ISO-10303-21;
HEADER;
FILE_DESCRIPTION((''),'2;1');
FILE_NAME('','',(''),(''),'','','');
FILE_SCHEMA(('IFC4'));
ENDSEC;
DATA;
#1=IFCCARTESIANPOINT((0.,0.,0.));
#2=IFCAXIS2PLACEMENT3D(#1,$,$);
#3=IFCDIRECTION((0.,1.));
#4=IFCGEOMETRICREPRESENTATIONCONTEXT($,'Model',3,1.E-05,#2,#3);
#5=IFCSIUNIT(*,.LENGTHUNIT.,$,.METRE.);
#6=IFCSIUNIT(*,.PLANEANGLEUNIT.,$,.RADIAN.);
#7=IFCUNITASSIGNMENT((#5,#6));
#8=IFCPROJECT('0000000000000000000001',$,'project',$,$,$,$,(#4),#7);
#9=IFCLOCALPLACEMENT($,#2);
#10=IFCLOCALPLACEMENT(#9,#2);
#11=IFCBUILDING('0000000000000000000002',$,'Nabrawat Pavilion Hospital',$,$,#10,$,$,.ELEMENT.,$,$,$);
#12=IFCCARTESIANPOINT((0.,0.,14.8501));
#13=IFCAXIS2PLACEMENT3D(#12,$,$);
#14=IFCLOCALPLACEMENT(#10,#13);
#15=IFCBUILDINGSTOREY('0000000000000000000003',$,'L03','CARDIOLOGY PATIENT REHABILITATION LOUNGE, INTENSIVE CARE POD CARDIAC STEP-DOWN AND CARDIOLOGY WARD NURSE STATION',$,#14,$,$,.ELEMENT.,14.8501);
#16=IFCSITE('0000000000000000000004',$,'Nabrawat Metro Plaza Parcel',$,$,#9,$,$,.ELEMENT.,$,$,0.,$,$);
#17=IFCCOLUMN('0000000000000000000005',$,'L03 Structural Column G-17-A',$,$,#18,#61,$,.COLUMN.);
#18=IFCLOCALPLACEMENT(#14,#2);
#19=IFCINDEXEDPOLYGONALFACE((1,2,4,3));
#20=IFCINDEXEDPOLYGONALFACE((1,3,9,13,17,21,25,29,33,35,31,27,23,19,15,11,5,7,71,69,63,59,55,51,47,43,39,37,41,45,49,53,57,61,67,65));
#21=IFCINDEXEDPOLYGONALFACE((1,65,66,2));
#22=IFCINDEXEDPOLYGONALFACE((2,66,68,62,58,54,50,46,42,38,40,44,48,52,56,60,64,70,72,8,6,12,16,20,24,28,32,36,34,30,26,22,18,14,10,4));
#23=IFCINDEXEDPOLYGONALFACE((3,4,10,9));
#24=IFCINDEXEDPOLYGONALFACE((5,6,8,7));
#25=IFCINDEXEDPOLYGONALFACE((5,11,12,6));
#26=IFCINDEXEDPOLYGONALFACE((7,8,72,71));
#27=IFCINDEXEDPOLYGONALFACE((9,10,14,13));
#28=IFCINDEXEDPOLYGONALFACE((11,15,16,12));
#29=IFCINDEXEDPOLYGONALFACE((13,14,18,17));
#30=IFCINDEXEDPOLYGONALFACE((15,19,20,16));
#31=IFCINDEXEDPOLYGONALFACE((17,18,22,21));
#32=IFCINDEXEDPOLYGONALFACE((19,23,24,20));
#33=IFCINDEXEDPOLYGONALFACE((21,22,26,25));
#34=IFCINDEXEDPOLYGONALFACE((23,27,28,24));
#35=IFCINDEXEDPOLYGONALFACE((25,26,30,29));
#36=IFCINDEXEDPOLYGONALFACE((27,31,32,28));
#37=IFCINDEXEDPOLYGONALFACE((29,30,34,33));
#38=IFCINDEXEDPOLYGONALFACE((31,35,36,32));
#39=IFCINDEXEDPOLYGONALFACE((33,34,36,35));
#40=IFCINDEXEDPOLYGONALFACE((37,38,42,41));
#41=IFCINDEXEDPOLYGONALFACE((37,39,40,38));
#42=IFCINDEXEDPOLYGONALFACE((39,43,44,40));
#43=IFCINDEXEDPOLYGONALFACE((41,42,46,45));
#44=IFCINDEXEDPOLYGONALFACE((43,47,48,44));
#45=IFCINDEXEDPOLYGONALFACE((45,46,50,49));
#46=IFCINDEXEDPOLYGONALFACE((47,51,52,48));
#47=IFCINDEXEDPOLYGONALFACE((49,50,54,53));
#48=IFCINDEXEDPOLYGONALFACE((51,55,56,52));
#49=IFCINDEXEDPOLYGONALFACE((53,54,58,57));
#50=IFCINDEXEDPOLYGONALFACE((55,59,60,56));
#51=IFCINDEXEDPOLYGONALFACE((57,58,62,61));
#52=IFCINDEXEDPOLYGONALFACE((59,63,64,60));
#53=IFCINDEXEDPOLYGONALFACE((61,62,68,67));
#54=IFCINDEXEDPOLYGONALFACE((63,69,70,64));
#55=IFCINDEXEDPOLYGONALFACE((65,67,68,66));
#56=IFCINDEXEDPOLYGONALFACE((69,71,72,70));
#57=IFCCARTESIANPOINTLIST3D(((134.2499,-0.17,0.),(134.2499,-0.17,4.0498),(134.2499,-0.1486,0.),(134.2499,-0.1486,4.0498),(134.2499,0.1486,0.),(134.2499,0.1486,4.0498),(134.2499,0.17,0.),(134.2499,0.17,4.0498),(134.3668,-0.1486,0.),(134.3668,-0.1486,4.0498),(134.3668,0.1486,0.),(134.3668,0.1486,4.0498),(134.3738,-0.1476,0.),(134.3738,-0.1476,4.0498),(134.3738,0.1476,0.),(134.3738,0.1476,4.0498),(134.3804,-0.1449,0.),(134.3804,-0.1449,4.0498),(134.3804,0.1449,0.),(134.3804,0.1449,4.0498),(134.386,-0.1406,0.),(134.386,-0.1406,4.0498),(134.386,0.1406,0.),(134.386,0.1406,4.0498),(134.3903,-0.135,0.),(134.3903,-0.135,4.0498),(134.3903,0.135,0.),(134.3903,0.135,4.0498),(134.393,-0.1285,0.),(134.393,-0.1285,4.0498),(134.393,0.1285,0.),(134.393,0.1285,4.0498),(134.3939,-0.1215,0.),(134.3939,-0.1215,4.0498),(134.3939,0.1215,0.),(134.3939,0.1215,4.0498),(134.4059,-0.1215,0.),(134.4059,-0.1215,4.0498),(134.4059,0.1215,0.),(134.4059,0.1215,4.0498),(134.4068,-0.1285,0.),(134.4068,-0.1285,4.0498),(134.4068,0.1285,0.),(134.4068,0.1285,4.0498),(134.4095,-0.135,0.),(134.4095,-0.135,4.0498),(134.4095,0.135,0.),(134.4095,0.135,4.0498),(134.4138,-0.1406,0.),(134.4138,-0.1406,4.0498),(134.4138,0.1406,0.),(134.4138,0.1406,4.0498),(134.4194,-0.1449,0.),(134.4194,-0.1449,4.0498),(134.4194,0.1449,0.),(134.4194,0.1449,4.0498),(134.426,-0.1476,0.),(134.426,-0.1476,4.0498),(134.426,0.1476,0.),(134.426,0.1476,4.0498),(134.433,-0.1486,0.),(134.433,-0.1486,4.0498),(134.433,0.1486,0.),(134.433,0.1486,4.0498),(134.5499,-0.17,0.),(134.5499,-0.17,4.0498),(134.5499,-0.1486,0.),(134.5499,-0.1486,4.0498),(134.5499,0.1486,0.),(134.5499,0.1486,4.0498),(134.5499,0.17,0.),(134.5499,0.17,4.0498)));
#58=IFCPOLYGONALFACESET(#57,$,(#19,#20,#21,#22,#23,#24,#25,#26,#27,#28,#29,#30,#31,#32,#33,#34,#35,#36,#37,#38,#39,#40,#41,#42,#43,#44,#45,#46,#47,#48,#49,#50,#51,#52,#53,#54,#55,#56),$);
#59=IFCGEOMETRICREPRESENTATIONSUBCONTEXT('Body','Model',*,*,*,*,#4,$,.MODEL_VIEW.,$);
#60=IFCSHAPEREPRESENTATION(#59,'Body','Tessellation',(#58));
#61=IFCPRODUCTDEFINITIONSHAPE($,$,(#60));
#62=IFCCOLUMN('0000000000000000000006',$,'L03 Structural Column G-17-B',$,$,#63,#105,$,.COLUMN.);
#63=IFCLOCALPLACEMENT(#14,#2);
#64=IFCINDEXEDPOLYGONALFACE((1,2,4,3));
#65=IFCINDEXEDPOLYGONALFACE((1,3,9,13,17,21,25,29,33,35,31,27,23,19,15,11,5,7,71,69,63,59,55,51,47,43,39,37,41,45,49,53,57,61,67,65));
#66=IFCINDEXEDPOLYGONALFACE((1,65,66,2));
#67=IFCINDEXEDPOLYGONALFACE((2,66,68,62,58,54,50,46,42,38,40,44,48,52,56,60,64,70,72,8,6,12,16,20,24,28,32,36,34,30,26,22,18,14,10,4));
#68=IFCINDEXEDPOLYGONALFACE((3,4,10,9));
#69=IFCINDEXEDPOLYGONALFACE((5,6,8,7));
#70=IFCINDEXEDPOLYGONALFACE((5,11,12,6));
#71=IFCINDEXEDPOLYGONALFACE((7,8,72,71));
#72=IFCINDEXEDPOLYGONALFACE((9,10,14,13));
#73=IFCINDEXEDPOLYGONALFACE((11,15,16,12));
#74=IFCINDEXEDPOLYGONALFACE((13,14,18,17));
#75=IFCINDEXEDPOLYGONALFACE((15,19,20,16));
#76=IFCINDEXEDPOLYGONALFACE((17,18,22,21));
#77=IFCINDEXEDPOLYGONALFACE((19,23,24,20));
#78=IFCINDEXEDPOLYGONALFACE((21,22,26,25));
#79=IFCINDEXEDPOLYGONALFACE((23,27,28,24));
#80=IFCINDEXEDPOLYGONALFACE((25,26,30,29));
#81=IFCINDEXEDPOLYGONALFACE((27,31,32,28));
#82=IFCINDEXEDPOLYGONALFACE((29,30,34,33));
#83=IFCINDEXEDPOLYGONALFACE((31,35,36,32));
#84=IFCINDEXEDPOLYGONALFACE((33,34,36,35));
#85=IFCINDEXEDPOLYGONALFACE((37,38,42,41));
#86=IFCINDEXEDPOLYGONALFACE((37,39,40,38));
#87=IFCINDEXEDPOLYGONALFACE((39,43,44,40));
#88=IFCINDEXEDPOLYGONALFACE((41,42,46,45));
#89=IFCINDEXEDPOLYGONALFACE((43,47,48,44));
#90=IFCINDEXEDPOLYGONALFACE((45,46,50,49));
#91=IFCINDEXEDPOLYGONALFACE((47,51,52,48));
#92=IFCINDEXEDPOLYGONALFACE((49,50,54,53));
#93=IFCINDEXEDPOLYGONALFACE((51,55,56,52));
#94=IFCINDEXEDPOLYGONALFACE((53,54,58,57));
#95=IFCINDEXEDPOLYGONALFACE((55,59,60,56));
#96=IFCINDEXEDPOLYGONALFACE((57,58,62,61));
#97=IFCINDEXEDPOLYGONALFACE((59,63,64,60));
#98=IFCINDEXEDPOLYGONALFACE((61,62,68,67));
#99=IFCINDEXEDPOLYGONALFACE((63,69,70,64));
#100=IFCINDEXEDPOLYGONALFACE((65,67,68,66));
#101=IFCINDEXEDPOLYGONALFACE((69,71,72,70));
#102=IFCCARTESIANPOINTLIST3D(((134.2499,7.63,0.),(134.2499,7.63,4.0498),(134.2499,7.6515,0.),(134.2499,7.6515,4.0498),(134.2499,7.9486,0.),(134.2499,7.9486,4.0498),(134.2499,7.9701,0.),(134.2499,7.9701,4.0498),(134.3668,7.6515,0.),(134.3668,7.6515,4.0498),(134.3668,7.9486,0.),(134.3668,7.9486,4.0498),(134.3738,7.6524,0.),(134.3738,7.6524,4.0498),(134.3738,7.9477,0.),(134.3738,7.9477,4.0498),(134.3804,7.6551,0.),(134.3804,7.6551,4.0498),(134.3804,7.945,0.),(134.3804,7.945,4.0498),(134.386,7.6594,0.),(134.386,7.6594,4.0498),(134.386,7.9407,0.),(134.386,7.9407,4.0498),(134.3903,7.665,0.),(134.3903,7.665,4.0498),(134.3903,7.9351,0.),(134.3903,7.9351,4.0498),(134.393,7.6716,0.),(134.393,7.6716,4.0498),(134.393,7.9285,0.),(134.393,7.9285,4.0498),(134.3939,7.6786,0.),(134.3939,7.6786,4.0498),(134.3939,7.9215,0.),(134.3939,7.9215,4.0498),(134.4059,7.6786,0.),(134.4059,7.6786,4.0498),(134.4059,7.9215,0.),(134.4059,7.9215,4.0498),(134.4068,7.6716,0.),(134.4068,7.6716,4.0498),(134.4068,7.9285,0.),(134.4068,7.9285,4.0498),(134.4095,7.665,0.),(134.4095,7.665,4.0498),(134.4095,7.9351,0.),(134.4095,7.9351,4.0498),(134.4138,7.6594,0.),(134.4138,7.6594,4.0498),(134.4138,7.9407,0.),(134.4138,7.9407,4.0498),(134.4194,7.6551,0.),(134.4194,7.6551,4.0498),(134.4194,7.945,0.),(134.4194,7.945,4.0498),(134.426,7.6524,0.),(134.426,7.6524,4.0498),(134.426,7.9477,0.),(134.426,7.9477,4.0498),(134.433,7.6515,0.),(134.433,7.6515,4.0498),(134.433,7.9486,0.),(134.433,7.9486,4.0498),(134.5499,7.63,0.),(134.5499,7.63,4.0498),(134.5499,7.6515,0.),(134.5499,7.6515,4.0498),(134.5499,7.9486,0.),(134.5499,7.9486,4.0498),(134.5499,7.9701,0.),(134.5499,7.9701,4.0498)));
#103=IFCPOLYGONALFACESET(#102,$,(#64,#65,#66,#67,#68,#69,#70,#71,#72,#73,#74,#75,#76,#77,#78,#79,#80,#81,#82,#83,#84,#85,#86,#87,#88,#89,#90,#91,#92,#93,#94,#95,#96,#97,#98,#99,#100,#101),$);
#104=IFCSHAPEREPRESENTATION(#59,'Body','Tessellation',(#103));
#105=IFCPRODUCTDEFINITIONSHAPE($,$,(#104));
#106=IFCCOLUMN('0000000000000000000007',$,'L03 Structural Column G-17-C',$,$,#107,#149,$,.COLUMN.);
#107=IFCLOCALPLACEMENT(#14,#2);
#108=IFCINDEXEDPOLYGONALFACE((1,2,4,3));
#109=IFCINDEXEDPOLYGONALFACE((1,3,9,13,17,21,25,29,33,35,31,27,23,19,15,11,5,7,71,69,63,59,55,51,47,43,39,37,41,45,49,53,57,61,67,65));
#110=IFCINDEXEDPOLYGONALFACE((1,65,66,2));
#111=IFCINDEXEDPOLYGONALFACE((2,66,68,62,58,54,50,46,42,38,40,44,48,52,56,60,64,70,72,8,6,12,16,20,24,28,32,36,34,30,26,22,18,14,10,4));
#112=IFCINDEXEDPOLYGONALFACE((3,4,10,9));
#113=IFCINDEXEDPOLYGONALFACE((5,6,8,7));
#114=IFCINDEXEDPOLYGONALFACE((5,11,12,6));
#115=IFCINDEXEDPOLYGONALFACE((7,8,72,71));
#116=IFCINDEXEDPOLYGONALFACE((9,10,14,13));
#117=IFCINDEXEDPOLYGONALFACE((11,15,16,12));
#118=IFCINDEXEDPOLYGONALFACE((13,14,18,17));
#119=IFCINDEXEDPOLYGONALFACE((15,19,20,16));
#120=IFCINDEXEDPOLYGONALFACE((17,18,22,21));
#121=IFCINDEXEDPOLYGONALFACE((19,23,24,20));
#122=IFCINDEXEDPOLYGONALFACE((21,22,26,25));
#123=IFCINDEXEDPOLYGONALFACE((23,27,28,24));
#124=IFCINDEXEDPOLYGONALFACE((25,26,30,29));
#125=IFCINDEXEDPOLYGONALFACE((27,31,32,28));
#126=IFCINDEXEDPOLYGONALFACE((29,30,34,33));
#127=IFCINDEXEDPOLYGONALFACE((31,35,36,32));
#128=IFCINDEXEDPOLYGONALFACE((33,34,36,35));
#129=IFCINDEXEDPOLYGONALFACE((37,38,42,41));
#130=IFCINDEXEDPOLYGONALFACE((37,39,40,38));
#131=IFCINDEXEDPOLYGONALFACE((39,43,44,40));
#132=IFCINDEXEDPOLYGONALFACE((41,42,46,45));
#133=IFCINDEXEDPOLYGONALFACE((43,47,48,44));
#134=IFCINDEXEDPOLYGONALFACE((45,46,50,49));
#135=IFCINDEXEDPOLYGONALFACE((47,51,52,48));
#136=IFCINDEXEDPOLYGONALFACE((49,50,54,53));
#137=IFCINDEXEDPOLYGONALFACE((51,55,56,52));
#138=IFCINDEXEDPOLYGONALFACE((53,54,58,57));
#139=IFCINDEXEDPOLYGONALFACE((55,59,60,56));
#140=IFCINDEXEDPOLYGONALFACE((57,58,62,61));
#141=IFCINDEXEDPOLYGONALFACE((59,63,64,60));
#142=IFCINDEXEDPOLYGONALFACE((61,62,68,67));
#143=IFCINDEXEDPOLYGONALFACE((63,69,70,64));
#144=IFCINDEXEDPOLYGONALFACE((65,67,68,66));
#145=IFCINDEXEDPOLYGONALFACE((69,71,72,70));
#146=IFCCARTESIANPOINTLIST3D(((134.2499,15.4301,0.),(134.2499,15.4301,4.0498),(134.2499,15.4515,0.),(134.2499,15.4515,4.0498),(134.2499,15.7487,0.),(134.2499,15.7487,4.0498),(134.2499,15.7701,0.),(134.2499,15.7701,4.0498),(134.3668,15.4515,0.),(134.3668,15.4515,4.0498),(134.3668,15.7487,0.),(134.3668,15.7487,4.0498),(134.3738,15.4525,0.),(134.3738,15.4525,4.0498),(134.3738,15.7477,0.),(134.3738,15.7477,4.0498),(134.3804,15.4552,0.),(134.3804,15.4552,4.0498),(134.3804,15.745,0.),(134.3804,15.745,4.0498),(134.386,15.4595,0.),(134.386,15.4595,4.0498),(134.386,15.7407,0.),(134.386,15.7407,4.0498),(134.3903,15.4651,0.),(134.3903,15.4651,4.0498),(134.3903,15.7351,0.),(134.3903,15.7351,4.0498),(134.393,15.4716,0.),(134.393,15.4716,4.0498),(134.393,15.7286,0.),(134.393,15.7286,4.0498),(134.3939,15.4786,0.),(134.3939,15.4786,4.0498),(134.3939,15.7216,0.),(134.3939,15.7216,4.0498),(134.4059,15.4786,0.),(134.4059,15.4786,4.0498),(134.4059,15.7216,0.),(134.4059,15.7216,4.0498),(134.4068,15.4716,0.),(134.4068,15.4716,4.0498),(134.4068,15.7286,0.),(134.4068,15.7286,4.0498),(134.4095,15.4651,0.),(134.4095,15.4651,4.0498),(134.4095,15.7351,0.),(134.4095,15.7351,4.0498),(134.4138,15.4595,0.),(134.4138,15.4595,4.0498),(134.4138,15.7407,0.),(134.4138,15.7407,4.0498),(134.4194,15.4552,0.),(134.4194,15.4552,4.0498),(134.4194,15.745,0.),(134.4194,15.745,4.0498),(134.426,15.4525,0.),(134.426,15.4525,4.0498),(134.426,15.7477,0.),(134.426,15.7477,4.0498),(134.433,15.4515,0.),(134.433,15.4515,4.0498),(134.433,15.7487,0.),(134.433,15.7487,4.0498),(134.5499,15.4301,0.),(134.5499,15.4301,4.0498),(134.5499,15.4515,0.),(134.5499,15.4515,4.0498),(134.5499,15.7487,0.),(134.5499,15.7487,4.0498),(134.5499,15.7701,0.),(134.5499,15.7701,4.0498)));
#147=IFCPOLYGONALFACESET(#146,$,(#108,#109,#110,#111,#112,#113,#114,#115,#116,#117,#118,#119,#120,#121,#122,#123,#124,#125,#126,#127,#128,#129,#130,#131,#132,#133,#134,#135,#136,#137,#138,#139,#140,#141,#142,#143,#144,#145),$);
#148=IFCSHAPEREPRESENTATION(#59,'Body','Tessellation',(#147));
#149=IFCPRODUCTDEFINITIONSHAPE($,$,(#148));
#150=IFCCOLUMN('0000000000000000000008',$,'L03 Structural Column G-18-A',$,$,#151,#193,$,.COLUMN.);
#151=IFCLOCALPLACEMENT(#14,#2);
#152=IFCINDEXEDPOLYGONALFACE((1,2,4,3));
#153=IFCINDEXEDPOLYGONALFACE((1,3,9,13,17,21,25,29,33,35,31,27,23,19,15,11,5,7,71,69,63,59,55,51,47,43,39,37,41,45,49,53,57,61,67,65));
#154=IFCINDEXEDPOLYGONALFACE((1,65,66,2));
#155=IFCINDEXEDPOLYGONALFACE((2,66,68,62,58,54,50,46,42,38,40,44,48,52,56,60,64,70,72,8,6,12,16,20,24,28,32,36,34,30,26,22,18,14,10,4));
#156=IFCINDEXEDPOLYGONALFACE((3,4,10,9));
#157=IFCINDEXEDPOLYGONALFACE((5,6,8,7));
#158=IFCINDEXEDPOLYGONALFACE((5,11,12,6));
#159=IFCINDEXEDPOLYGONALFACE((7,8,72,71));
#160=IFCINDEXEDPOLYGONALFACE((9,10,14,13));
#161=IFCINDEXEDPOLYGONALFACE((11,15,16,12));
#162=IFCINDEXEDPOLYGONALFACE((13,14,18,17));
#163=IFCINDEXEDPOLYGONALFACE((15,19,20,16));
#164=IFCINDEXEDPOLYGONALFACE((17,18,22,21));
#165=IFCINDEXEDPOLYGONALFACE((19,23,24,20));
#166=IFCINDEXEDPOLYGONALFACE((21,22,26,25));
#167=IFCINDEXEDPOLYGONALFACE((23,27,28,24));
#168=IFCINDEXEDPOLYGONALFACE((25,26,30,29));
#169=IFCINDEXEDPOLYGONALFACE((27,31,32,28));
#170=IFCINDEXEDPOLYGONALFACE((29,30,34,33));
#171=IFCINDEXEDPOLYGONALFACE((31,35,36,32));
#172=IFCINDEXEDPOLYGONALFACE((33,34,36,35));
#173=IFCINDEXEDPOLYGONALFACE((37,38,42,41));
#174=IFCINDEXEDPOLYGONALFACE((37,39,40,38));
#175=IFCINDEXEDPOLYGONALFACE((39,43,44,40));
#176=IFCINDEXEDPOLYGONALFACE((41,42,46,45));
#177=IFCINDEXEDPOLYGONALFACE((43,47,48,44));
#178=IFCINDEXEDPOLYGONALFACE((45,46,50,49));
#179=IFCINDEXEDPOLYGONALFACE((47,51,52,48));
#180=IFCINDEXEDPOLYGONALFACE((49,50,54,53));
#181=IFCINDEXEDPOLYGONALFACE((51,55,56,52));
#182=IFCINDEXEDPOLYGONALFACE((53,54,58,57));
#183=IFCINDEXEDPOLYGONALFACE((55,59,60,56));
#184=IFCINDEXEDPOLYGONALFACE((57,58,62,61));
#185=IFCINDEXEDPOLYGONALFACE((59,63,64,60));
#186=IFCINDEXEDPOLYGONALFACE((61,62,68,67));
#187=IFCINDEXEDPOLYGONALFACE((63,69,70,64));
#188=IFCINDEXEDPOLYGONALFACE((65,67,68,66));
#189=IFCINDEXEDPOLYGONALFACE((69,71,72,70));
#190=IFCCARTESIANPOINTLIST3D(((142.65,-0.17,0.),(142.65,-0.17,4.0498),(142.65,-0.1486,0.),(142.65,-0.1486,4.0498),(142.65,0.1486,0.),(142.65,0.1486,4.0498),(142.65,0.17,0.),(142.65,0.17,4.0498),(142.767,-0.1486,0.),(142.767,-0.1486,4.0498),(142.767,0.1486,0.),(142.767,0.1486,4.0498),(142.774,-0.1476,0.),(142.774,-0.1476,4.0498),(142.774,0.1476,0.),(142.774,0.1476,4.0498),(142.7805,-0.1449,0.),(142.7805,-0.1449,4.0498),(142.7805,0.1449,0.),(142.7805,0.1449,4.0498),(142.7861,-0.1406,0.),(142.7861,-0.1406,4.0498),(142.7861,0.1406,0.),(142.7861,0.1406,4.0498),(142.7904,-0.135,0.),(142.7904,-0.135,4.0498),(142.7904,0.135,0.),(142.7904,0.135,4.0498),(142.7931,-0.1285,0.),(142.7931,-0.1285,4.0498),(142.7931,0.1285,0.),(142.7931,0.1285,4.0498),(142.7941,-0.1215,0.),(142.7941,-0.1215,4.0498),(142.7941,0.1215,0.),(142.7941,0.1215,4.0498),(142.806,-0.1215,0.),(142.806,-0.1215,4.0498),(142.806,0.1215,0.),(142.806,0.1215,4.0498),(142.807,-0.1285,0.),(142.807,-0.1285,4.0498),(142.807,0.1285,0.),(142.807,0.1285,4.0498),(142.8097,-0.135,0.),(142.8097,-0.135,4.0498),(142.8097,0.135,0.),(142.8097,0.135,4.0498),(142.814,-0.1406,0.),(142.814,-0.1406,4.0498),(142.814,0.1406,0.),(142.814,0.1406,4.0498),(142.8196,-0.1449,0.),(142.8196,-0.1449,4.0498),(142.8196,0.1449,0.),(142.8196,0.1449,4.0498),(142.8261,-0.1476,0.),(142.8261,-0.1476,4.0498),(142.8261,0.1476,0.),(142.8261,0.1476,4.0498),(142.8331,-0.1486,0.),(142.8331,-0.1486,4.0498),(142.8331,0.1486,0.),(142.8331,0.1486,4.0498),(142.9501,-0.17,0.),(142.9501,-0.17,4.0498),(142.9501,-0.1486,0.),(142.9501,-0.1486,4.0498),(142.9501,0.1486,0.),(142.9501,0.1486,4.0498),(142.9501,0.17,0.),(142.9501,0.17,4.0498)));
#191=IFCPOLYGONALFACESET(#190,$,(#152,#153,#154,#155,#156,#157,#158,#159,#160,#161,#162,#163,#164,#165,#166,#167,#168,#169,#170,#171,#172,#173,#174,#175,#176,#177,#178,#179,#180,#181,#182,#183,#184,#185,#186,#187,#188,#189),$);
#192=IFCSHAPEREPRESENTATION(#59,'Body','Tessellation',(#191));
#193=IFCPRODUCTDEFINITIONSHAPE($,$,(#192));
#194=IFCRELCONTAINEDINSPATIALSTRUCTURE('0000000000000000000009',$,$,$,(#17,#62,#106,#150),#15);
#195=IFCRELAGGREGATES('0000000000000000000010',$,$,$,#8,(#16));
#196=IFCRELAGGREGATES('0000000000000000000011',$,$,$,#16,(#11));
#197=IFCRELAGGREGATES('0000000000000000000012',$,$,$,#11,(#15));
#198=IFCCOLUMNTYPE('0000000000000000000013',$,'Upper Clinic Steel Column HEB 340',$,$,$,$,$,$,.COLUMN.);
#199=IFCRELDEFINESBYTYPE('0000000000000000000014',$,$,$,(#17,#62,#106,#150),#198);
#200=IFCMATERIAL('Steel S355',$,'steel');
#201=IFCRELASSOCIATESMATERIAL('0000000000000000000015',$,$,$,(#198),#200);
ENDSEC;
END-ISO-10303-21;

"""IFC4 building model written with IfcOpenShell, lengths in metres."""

from ifc_helpers import new_model, si_unit, direction, frame, origin, origin_2d, place, context, subcontext, project, spatial, i_section, extrude, material, material_profile, profile_set, type_object, element, save


model = new_model("IFC4")

# Units and contexts
model_context = context("Model", 3, precision=1e-05, world=origin(), true_north=direction((0.0, 1.0)))
body_context = subcontext(model_context, "Body", "Model", "MODEL_VIEW")
ifc_project = project(units=[si_unit("LENGTHUNIT", "METRE"), si_unit("PLANEANGLEUNIT", "RADIAN")], contexts=[model_context])

# Site, building, storey
site_placement = place(None, origin())
site = spatial("IfcSite", under=ifc_project, at=site_placement, Name="Nabrawat Metro Plaza Parcel", CompositionType="ELEMENT", RefElevation=0.0)
building_placement = place(site_placement, origin())
building = spatial("IfcBuilding", under=site, at=building_placement, Name="Nabrawat Pavilion Hospital", CompositionType="ELEMENT")
storey_placement = place(building_placement, frame((0.0, 0.0, 14.8501)))
storey = spatial("IfcBuildingStorey", under=building, at=storey_placement, Name="L03", Description="CARDIOLOGY PATIENT REHABILITATION LOUNGE, INTENSIVE CARE POD CARDIAC STEP-DOWN AND CARDIOLOGY WARD NURSE STATION", CompositionType="ELEMENT", Elevation=14.8501)

# Columns
ifc_material_1 = material(Name="Steel S355", Category="steel")
ifc_material_profile_1 = material_profile(ifc_material_1, i_section(OverallWidth=0.3, OverallDepth=0.3401, WebThickness=0.012, FlangeThickness=0.0215, FilletRadius=0.0271, at=origin_2d()), Name="HEB 340")
ifc_profile_set_1 = profile_set([ifc_material_profile_1], Name="Steel S355")
column_type = type_object("IfcColumnType", Name="Upper Clinic Steel Column HEB 340", PredefinedType="COLUMN", material=ifc_profile_set_1)
for number, where, z_axis, x_axis, name in (
    (1, (134.3999, 0.0, 0.0), (0.0, 0.0, 1.0), (1.0, 0.0, 0.0), "L03 Structural Column G-17-A"),
    (2, (134.3999, 7.8, 0.0), (0.0, 0.0, 1.0), (1.0, 0.0, 0.0), "L03 Structural Column G-17-B"),
    (3, (134.3999, 15.6001, 0.0), (0.0, 0.0, 1.0), (1.0, 0.0, 0.0), "L03 Structural Column G-17-C"),
    (4, (142.8, 0.0, 0.0), (0.0, 0.0, 1.0), (1.0, 0.0, 0.0), "L03 Structural Column G-18-A"),
):
    element("IfcColumn", number, at=place(storey_placement, frame(where, z_axis=z_axis, x_axis=x_axis)), inside=storey, type_object=column_type, Name=name, PredefinedType="COLUMN", context=body_context, shape_type="SweptSolid", body=[
        extrude(i_section(OverallWidth=0.3, OverallDepth=0.3401, WebThickness=0.012, FlangeThickness=0.0215, FilletRadius=0.0271, at=origin_2d()), origin(), (0.0, 0.0, 1.0), 4.0498),
    ])

save(model, "model.ifc")
